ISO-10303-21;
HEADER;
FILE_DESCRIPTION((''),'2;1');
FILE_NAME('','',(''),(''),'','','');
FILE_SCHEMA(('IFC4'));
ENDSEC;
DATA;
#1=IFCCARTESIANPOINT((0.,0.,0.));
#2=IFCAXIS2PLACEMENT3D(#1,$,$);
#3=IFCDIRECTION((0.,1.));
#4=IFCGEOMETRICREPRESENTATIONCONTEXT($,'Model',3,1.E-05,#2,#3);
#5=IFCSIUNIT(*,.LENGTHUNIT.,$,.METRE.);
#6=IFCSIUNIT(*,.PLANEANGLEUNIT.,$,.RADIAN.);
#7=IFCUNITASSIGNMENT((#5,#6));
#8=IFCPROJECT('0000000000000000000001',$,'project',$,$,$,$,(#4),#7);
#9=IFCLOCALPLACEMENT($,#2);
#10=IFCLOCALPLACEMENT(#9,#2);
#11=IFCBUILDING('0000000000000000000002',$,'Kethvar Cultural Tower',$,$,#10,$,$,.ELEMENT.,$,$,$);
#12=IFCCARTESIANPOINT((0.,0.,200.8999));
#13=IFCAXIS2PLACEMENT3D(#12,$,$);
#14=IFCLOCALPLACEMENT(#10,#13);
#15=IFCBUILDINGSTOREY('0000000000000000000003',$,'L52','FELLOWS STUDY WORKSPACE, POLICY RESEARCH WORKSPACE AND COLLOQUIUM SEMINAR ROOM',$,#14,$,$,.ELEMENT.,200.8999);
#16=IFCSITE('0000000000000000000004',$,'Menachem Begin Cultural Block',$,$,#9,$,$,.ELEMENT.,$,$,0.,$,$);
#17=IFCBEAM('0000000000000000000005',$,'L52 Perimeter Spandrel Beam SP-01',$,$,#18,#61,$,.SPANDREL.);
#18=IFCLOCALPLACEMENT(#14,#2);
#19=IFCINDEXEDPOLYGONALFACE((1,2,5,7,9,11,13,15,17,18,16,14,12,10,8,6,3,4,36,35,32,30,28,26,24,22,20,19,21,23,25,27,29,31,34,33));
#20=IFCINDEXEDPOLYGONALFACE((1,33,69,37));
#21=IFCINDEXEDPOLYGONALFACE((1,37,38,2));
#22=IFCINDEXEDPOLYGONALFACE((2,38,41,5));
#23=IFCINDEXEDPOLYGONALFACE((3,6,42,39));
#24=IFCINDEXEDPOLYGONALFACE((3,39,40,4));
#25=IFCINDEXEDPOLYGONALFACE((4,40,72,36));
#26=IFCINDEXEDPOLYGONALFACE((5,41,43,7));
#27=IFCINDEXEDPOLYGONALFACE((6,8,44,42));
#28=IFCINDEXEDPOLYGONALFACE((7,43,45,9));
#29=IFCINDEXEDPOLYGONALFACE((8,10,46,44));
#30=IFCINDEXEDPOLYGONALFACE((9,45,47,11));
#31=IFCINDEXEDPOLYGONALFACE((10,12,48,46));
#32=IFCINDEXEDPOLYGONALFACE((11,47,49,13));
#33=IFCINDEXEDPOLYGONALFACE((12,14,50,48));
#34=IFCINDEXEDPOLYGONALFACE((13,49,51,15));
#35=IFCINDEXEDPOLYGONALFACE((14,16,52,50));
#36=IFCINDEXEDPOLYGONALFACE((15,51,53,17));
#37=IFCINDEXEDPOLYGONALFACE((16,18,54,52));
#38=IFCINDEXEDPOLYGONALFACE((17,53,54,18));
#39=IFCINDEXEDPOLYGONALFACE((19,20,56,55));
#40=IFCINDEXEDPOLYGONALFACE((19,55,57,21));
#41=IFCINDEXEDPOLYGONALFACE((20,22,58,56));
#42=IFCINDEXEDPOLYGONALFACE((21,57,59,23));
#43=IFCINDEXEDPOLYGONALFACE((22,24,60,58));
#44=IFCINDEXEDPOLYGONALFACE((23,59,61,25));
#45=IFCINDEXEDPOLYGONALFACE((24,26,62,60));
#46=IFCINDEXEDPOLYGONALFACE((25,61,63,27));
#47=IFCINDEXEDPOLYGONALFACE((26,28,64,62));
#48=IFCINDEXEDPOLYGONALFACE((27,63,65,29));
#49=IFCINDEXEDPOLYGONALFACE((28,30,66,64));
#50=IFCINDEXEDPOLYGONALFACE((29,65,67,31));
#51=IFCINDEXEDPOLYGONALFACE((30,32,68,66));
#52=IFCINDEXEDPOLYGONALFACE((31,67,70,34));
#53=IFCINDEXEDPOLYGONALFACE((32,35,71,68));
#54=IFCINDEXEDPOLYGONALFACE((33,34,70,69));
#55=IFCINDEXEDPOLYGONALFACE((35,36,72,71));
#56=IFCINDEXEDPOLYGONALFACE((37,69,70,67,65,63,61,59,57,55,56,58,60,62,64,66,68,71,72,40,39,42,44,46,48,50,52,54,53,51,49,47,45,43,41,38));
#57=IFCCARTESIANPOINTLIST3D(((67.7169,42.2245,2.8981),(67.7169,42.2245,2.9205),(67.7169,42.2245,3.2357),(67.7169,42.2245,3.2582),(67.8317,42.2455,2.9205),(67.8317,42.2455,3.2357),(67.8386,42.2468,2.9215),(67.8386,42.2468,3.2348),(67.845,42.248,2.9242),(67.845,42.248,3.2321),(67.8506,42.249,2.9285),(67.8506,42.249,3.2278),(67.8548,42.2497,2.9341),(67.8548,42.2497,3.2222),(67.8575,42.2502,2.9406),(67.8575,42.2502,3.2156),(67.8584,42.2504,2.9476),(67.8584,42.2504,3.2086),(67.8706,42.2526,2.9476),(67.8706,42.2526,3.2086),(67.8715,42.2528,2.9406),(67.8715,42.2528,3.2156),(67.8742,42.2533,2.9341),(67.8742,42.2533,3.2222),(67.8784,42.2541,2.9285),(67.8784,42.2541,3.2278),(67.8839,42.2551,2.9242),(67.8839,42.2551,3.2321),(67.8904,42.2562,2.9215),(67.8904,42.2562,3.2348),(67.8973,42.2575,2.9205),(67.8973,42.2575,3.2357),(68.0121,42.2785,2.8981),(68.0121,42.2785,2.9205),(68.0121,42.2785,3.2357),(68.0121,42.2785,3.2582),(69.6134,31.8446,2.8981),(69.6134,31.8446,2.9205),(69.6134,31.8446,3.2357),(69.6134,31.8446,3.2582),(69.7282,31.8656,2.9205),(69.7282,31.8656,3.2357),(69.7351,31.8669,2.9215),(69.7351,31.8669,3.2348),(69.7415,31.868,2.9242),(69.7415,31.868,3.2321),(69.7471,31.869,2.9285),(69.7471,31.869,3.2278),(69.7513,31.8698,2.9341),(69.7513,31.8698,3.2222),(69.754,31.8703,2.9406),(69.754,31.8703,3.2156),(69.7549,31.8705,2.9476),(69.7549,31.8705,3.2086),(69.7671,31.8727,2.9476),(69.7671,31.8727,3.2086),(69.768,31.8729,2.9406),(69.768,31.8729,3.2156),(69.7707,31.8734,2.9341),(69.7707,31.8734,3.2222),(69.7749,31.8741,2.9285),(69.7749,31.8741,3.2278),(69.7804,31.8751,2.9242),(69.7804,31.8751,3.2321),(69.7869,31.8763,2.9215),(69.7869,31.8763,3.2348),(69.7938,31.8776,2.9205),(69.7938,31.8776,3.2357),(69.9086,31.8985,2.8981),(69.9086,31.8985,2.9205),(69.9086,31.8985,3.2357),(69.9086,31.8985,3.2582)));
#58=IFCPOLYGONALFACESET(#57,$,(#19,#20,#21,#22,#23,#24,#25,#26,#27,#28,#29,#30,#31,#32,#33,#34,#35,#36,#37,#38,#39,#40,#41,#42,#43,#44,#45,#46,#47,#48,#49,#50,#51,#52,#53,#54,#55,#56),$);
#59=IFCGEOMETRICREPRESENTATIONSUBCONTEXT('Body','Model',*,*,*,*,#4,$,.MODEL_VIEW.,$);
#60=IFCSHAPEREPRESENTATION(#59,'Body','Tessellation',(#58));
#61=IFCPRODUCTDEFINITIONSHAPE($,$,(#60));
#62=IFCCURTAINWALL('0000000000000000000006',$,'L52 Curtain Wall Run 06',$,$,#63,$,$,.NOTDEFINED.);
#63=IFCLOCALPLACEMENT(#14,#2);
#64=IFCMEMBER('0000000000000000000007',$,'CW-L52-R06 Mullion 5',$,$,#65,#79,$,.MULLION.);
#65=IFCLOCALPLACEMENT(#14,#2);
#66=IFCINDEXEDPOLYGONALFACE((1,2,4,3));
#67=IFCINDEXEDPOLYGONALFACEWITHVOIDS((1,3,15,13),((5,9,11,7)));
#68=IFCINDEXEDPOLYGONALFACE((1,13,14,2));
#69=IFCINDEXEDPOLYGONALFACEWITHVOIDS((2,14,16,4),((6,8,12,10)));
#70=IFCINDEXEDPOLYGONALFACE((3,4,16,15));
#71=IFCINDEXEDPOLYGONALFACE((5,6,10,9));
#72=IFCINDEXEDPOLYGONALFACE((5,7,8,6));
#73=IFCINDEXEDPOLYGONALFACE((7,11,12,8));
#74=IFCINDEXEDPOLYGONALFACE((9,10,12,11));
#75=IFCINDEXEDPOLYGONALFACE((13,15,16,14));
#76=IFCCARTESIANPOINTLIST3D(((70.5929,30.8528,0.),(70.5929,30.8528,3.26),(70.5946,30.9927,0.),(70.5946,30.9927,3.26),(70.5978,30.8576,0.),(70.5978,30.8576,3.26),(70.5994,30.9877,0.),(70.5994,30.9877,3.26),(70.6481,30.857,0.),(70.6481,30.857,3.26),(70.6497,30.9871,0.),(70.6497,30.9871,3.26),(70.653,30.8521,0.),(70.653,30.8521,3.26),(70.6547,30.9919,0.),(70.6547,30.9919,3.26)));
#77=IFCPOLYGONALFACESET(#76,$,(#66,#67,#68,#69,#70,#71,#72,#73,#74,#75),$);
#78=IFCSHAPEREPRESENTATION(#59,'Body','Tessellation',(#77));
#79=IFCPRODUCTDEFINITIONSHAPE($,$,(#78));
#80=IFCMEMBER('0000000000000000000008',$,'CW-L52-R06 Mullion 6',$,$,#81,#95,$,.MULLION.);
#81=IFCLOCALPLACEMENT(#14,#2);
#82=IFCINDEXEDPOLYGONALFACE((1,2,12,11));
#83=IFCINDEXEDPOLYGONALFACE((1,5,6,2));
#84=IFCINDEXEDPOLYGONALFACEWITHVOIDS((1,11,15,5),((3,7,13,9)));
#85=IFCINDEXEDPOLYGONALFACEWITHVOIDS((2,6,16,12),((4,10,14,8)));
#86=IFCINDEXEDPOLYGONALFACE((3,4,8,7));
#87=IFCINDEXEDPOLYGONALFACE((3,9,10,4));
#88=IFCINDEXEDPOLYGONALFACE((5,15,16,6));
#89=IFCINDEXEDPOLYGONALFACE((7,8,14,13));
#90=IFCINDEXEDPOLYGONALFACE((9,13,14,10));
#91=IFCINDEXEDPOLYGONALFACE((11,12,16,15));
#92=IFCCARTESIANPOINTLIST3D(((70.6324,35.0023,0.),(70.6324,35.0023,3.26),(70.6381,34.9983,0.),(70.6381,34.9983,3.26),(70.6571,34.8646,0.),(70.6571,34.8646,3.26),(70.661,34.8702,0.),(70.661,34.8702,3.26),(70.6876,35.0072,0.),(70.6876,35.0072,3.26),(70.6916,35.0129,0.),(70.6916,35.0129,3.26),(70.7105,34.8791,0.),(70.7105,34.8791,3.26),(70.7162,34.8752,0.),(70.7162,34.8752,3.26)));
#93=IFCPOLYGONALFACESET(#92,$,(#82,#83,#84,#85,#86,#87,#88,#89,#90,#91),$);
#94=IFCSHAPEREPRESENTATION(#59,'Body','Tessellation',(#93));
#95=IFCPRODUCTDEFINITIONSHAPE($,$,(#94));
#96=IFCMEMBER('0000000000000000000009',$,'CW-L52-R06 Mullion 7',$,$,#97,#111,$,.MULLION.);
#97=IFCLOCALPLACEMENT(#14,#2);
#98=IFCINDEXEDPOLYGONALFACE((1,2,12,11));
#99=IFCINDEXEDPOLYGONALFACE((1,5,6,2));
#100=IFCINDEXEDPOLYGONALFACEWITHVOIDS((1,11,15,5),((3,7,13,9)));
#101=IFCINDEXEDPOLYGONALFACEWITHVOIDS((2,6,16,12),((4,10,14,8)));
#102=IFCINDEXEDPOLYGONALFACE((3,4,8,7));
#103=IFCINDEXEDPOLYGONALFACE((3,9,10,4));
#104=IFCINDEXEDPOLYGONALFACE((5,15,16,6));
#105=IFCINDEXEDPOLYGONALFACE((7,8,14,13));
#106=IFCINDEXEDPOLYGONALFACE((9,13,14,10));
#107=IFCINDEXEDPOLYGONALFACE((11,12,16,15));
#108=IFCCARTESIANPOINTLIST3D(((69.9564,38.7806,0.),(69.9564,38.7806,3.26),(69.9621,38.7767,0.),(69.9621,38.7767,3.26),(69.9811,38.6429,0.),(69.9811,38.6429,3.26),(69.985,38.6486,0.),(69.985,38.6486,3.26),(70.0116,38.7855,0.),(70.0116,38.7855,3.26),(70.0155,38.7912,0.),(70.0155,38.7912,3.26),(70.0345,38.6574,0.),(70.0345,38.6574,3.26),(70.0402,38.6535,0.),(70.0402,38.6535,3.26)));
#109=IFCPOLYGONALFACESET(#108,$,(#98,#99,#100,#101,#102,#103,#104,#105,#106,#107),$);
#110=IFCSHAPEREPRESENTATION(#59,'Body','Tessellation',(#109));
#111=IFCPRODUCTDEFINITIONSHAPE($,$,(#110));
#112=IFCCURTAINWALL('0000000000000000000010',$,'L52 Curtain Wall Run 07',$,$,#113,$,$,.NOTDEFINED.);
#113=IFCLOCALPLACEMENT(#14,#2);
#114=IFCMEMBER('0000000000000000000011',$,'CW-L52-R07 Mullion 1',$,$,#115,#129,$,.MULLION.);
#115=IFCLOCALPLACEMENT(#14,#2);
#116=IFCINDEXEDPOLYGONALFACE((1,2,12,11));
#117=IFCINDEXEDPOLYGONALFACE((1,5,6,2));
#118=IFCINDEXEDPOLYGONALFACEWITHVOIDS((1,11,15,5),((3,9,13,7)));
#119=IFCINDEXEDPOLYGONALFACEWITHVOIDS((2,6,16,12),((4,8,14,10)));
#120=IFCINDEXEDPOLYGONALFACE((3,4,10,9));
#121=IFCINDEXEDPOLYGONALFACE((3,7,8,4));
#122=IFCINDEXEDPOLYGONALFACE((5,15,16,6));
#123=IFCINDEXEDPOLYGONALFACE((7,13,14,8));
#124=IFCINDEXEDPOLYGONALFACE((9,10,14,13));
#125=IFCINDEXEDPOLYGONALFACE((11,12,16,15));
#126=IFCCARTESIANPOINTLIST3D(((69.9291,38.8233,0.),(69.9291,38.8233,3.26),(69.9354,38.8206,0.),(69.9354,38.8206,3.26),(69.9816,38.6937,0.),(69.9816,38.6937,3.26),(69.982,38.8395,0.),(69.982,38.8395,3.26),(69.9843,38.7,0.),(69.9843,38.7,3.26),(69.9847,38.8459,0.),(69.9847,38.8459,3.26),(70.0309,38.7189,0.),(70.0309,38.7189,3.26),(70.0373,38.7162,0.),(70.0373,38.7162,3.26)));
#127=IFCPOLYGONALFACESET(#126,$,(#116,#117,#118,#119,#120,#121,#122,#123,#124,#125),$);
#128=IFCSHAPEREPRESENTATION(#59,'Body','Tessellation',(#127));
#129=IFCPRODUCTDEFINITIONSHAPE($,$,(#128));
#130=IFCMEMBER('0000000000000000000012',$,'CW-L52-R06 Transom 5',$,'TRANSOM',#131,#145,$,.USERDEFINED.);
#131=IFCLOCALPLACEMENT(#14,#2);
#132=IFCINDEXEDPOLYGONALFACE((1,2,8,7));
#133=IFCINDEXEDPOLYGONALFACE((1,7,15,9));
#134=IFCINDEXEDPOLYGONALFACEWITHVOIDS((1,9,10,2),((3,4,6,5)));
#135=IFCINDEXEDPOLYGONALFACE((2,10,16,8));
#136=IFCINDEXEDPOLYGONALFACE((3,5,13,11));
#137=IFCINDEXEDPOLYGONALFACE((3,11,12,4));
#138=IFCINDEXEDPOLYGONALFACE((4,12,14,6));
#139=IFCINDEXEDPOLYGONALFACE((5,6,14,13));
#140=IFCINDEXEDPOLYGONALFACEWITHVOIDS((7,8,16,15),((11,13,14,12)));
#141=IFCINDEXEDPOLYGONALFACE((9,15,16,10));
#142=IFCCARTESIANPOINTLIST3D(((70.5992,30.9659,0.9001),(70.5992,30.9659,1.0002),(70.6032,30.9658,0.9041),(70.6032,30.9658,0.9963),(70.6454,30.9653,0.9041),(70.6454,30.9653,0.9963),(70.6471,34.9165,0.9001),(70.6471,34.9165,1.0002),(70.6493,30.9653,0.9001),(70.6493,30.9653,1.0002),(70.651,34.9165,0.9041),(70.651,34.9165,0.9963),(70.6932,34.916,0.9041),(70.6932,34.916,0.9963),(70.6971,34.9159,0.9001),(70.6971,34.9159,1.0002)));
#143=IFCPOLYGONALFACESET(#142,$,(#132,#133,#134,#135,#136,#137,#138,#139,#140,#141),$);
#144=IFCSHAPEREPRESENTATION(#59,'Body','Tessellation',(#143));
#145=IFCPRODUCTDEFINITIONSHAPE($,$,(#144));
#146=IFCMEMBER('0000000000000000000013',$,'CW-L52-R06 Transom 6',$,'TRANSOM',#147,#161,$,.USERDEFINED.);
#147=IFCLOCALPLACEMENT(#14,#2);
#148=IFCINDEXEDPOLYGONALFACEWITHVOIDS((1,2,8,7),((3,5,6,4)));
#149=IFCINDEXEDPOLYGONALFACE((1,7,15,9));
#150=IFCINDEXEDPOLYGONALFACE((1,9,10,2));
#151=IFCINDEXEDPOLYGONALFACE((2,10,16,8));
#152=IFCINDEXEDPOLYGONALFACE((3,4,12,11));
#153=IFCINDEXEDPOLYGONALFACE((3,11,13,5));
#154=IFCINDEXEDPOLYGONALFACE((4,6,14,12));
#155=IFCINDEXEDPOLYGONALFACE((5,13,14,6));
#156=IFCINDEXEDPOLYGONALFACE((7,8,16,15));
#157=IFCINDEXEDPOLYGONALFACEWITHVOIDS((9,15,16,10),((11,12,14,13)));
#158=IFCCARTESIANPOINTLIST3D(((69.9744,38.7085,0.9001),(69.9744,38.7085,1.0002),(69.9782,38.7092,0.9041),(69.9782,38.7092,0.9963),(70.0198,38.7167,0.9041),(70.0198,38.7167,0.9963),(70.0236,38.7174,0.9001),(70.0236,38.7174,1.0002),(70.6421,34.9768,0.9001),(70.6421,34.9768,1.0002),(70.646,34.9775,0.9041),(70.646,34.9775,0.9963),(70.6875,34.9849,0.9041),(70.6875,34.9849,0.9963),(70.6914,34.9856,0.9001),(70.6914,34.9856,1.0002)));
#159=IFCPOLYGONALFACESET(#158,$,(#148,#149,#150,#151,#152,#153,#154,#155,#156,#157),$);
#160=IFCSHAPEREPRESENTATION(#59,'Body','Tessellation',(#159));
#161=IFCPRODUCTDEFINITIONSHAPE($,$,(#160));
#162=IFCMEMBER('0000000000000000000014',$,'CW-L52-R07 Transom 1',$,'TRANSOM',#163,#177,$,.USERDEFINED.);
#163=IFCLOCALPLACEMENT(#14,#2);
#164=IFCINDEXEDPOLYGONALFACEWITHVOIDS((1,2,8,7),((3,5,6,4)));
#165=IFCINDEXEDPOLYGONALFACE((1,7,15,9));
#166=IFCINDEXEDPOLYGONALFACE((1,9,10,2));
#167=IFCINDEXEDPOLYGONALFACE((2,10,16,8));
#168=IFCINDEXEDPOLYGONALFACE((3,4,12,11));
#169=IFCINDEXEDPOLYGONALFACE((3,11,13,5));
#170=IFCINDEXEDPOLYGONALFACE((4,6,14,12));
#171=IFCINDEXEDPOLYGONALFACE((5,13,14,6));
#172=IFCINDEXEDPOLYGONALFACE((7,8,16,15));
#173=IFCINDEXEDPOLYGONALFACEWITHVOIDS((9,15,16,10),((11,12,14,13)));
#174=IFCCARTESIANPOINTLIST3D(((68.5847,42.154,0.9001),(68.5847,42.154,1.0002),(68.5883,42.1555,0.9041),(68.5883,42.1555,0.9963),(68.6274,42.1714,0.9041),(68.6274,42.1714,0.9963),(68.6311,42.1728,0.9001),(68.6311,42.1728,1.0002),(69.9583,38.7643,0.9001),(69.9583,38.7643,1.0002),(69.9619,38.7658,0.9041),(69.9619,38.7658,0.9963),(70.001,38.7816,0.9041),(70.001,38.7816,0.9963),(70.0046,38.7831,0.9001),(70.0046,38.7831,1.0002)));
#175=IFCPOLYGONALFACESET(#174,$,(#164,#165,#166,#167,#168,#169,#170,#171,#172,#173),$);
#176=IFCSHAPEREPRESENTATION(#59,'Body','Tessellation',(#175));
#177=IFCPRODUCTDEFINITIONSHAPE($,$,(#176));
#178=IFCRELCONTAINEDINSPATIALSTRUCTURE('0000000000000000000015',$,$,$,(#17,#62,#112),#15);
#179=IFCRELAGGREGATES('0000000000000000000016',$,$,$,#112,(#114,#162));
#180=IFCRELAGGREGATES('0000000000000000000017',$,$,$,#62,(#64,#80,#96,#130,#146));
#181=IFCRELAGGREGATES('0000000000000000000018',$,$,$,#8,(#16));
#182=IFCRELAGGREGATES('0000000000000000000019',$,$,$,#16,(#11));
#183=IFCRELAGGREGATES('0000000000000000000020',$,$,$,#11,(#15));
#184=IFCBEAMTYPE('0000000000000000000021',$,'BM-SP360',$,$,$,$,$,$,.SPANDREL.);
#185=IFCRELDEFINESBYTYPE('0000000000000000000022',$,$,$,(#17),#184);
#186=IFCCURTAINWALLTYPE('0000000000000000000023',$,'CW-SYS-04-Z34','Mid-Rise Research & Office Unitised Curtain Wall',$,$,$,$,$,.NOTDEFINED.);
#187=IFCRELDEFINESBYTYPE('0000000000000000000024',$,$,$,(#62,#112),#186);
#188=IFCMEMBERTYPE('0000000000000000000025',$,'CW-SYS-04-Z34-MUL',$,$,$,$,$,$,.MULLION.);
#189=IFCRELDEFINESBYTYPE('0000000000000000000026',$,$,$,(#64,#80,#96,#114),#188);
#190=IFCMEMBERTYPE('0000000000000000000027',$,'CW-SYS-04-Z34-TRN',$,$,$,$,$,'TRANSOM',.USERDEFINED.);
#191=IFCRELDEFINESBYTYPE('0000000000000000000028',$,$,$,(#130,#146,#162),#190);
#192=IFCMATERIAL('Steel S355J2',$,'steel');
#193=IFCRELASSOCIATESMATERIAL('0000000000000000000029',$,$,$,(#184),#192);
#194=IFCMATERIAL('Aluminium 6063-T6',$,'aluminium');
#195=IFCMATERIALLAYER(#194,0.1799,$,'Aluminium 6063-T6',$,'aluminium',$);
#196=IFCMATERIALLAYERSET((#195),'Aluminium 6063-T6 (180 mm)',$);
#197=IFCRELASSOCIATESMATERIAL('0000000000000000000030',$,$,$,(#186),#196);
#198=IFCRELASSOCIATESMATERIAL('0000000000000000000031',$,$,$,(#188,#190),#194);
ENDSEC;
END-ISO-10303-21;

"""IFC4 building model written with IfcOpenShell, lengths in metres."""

from ifc_helpers import new_model, si_unit, direction, frame, origin, origin_2d, place, context, subcontext, project, spatial, hollow_rectangle, i_section, extrude, source, transform, mapped, material, layer, layer_set, material_profile, profile_set, type_object, element, aggregate, save


model = new_model("IFC4")

# Units and contexts
model_context = context("Model", 3, precision=1e-05, world=origin(), true_north=direction((0.0, 1.0)))
body_context = subcontext(model_context, "Body", "Model", "MODEL_VIEW")
ifc_project = project(units=[si_unit("LENGTHUNIT", "METRE"), si_unit("PLANEANGLEUNIT", "RADIAN")], contexts=[model_context])

# Site, building, storey
site_placement = place(None, origin())
site = spatial("IfcSite", under=ifc_project, at=site_placement, Name="Menachem Begin Cultural Block", CompositionType="ELEMENT", RefElevation=0.0)
building_placement = place(site_placement, origin())
building = spatial("IfcBuilding", under=site, at=building_placement, Name="Kethvar Cultural Tower", CompositionType="ELEMENT")
storey_placement = place(building_placement, frame((0.0, 0.0, 200.8999)))
storey = spatial("IfcBuildingStorey", under=building, at=storey_placement, Name="L52", Description="FELLOWS STUDY WORKSPACE, POLICY RESEARCH WORKSPACE AND COLLOQUIUM SEMINAR ROOM", CompositionType="ELEMENT", Elevation=200.8999)

# Beam
ifc_material_1 = material(Name="Steel S355J2", Category="steel")
ifc_material_profile_1 = material_profile(ifc_material_1, i_section(OverallWidth=0.3, OverallDepth=0.3601, WebThickness=0.0125, FlangeThickness=0.0225, FilletRadius=0.0271, at=origin_2d()), Name="Steel S355J2 — HEB360")
ifc_profile_set_1 = profile_set([ifc_material_profile_1], Name="Steel S355J2 — HEB360")
beam_type_1 = type_object("IfcBeamType", Name="BM-SP360", PredefinedType="SPANDREL", material=ifc_profile_set_1)
shared_shape_1 = source(origin(), body_context, "Body", "SweptSolid", [
    extrude(i_section(OverallWidth=0.3, OverallDepth=0.3601, WebThickness=0.0125, FlangeThickness=0.0225, FilletRadius=0.0271, at=origin_2d()), origin(), (0.0, 0.0, 1.0), 10.5518),
])
beam_1_placement = place(storey_placement, frame((69.761, 31.8716, 3.0781), z_axis=(-0.179732, 0.983716, 0.0), x_axis=(-0.983716, -0.179732, 0.0)))
element("IfcBeam", 1, at=beam_1_placement, inside=storey, type_object=beam_type_1, Name="L52 Perimeter Spandrel Beam SP-01", PredefinedType="SPANDREL", context=body_context, shape_type="MappedRepresentation", body=[
    mapped(shared_shape_1, transform((0.0, 0.0, 0.0), scale=1.0)),
])

# Curtain wall, members
ifc_material_2 = material(Name="Aluminium 6063-T6", Category="aluminium")
ifc_layer_1 = layer(ifc_material_2, 0.1799, Name="Aluminium 6063-T6", Category="aluminium")
ifc_layer_set_1 = layer_set([ifc_layer_1], Name="Aluminium 6063-T6 (180 mm)")
curtain_wall_type = type_object("IfcCurtainWallType", Name="CW-SYS-04-Z34", Description="Mid-Rise Research & Office Unitised Curtain Wall", PredefinedType="NOTDEFINED", material=ifc_layer_set_1)
curtain_wall_1_placement = place(storey_placement, origin())
curtain_wall_1 = element("IfcCurtainWall", 2, at=curtain_wall_1_placement, inside=storey, type_object=curtain_wall_type, Name="L52 Curtain Wall Run 06", PredefinedType="NOTDEFINED")
ifc_material_profile_2 = material_profile(ifc_material_2, hollow_rectangle(XDim=0.0601, YDim=0.1399, WallThickness=0.0049, at=origin_2d()), Name="Aluminium 6063-T6 — RHS140x60x5")
ifc_profile_set_2 = profile_set([ifc_material_profile_2], Name="Aluminium 6063-T6 — RHS140x60x5")
member_type_1 = type_object("IfcMemberType", Name="CW-SYS-04-Z34-MUL", PredefinedType="MULLION", material=ifc_profile_set_2)
shared_shape_2 = source(origin(), body_context, "Body", "SweptSolid", [
    extrude(hollow_rectangle(XDim=0.0601, YDim=0.1399, WallThickness=0.0049, at=origin_2d()), origin(), (0.0, 0.0, 1.0), 3.26),
])
member_1_placement = place(storey_placement, frame((70.6238, 30.9224, 0.0), z_axis=(0.0, 0.0, 1.0), x_axis=(-0.999927, 0.012112, 0.0)))
member_1 = element("IfcMember", 3, at=member_1_placement, type_object=member_type_1, Name="CW-L52-R06 Mullion 5", PredefinedType="MULLION", context=body_context, shape_type="MappedRepresentation", body=[
    mapped(shared_shape_2, transform((0.0, 0.0, 0.0), scale=1.0)),
])
member_2_placement = place(storey_placement, frame((70.6743, 34.9387, 0.0), z_axis=(0.0, 0.0, 1.0), x_axis=(-0.984368, -0.176123, 0.0)))
member_2 = element("IfcMember", 4, at=member_2_placement, type_object=member_type_1, Name="CW-L52-R06 Mullion 6", PredefinedType="MULLION", context=body_context, shape_type="MappedRepresentation", body=[
    mapped(shared_shape_2, transform((0.0, 0.0, 0.0), scale=1.0)),
])
member_3_placement = place(storey_placement, frame((69.9983, 38.717, 0.0), z_axis=(0.0, 0.0, 1.0), x_axis=(-0.984368, -0.176123, 0.0)))
member_3 = element("IfcMember", 5, at=member_3_placement, type_object=member_type_1, Name="CW-L52-R06 Mullion 7", PredefinedType="MULLION", context=body_context, shape_type="MappedRepresentation", body=[
    mapped(shared_shape_2, transform((0.0, 0.0, 0.0), scale=1.0)),
])

# Curtain wall, member
curtain_wall_2_placement = place(storey_placement, origin())
curtain_wall_2 = element("IfcCurtainWall", 6, at=curtain_wall_2_placement, inside=storey, type_object=curtain_wall_type, Name="L52 Curtain Wall Run 07", PredefinedType="NOTDEFINED")
member_4_placement = place(storey_placement, frame((69.9832, 38.7698, 0.0), z_axis=(0.0, 0.0, 1.0), x_axis=(-0.926791, -0.375577, 0.0)))
member_4 = element("IfcMember", 7, at=member_4_placement, type_object=member_type_1, Name="CW-L52-R07 Mullion 1", PredefinedType="MULLION", context=body_context, shape_type="MappedRepresentation", body=[
    mapped(shared_shape_2, transform((0.0, 0.0, 0.0), scale=1.0)),
])

# Members
ifc_material_profile_3 = material_profile(ifc_material_2, hollow_rectangle(XDim=0.05, YDim=0.1001, WallThickness=0.0039, at=origin_2d()), Name="Aluminium 6063-T6 — RHS100x50x4")
ifc_profile_set_3 = profile_set([ifc_material_profile_3], Name="Aluminium 6063-T6 — RHS100x50x4")
member_type_2 = type_object("IfcMemberType", Name="CW-SYS-04-Z34-TRN", ElementType="TRANSOM", PredefinedType="USERDEFINED", material=ifc_profile_set_3)
shared_shape_3 = source(origin(), body_context, "Body", "SweptSolid", [
    extrude(hollow_rectangle(XDim=0.05, YDim=0.1001, WallThickness=0.0039, at=origin_2d()), origin(), (0.0, 0.0, 1.0), 3.9509),
])
member_5_placement = place(storey_placement, frame((70.6243, 30.9656, 0.9502), z_axis=(0.012111, 0.999927, 0.0), x_axis=(-0.999927, 0.012111, 0.0)))
member_5 = element("IfcMember", 8, at=member_5_placement, type_object=member_type_2, Name="CW-L52-R06 Transom 5", ObjectType="TRANSOM", PredefinedType="USERDEFINED", context=body_context, shape_type="MappedRepresentation", body=[
    mapped(shared_shape_3, transform((0.0, 0.0, 0.0), scale=1.0)),
])
shared_shape_4 = source(origin(), body_context, "Body", "SweptSolid", [
    extrude(hollow_rectangle(XDim=0.05, YDim=0.1001, WallThickness=0.0039, at=origin_2d()), origin(), (0.0, 0.0, 1.0), 3.791),
])
member_6_placement = place(storey_placement, frame((70.6667, 34.9812, 0.9502), z_axis=(-0.176136, 0.984366, 0.0), x_axis=(-0.984366, -0.176136, 0.0)))
member_6 = element("IfcMember", 9, at=member_6_placement, type_object=member_type_2, Name="CW-L52-R06 Transom 6", ObjectType="TRANSOM", PredefinedType="USERDEFINED", context=body_context, shape_type="MappedRepresentation", body=[
    mapped(shared_shape_4, transform((0.0, 0.0, 0.0), scale=1.0)),
])
shared_shape_5 = source(origin(), body_context, "Body", "SweptSolid", [
    extrude(hollow_rectangle(XDim=0.05, YDim=0.1001, WallThickness=0.0039, at=origin_2d()), origin(), (0.0, 0.0, 1.0), 3.6575),
])
member_7_placement = place(storey_placement, frame((69.9814, 38.7737, 0.9502), z_axis=(-0.375553, 0.926801, 0.0), x_axis=(-0.926801, -0.375553, 0.0)))
member_7 = element("IfcMember", 10, at=member_7_placement, type_object=member_type_2, Name="CW-L52-R07 Transom 1", ObjectType="TRANSOM", PredefinedType="USERDEFINED", context=body_context, shape_type="MappedRepresentation", body=[
    mapped(shared_shape_5, transform((0.0, 0.0, 0.0), scale=1.0)),
])
aggregate(curtain_wall_2, [member_4, member_7])

aggregate(curtain_wall_1, [member_1, member_2, member_3, member_5, member_6])

save(model, "model.ifc")
